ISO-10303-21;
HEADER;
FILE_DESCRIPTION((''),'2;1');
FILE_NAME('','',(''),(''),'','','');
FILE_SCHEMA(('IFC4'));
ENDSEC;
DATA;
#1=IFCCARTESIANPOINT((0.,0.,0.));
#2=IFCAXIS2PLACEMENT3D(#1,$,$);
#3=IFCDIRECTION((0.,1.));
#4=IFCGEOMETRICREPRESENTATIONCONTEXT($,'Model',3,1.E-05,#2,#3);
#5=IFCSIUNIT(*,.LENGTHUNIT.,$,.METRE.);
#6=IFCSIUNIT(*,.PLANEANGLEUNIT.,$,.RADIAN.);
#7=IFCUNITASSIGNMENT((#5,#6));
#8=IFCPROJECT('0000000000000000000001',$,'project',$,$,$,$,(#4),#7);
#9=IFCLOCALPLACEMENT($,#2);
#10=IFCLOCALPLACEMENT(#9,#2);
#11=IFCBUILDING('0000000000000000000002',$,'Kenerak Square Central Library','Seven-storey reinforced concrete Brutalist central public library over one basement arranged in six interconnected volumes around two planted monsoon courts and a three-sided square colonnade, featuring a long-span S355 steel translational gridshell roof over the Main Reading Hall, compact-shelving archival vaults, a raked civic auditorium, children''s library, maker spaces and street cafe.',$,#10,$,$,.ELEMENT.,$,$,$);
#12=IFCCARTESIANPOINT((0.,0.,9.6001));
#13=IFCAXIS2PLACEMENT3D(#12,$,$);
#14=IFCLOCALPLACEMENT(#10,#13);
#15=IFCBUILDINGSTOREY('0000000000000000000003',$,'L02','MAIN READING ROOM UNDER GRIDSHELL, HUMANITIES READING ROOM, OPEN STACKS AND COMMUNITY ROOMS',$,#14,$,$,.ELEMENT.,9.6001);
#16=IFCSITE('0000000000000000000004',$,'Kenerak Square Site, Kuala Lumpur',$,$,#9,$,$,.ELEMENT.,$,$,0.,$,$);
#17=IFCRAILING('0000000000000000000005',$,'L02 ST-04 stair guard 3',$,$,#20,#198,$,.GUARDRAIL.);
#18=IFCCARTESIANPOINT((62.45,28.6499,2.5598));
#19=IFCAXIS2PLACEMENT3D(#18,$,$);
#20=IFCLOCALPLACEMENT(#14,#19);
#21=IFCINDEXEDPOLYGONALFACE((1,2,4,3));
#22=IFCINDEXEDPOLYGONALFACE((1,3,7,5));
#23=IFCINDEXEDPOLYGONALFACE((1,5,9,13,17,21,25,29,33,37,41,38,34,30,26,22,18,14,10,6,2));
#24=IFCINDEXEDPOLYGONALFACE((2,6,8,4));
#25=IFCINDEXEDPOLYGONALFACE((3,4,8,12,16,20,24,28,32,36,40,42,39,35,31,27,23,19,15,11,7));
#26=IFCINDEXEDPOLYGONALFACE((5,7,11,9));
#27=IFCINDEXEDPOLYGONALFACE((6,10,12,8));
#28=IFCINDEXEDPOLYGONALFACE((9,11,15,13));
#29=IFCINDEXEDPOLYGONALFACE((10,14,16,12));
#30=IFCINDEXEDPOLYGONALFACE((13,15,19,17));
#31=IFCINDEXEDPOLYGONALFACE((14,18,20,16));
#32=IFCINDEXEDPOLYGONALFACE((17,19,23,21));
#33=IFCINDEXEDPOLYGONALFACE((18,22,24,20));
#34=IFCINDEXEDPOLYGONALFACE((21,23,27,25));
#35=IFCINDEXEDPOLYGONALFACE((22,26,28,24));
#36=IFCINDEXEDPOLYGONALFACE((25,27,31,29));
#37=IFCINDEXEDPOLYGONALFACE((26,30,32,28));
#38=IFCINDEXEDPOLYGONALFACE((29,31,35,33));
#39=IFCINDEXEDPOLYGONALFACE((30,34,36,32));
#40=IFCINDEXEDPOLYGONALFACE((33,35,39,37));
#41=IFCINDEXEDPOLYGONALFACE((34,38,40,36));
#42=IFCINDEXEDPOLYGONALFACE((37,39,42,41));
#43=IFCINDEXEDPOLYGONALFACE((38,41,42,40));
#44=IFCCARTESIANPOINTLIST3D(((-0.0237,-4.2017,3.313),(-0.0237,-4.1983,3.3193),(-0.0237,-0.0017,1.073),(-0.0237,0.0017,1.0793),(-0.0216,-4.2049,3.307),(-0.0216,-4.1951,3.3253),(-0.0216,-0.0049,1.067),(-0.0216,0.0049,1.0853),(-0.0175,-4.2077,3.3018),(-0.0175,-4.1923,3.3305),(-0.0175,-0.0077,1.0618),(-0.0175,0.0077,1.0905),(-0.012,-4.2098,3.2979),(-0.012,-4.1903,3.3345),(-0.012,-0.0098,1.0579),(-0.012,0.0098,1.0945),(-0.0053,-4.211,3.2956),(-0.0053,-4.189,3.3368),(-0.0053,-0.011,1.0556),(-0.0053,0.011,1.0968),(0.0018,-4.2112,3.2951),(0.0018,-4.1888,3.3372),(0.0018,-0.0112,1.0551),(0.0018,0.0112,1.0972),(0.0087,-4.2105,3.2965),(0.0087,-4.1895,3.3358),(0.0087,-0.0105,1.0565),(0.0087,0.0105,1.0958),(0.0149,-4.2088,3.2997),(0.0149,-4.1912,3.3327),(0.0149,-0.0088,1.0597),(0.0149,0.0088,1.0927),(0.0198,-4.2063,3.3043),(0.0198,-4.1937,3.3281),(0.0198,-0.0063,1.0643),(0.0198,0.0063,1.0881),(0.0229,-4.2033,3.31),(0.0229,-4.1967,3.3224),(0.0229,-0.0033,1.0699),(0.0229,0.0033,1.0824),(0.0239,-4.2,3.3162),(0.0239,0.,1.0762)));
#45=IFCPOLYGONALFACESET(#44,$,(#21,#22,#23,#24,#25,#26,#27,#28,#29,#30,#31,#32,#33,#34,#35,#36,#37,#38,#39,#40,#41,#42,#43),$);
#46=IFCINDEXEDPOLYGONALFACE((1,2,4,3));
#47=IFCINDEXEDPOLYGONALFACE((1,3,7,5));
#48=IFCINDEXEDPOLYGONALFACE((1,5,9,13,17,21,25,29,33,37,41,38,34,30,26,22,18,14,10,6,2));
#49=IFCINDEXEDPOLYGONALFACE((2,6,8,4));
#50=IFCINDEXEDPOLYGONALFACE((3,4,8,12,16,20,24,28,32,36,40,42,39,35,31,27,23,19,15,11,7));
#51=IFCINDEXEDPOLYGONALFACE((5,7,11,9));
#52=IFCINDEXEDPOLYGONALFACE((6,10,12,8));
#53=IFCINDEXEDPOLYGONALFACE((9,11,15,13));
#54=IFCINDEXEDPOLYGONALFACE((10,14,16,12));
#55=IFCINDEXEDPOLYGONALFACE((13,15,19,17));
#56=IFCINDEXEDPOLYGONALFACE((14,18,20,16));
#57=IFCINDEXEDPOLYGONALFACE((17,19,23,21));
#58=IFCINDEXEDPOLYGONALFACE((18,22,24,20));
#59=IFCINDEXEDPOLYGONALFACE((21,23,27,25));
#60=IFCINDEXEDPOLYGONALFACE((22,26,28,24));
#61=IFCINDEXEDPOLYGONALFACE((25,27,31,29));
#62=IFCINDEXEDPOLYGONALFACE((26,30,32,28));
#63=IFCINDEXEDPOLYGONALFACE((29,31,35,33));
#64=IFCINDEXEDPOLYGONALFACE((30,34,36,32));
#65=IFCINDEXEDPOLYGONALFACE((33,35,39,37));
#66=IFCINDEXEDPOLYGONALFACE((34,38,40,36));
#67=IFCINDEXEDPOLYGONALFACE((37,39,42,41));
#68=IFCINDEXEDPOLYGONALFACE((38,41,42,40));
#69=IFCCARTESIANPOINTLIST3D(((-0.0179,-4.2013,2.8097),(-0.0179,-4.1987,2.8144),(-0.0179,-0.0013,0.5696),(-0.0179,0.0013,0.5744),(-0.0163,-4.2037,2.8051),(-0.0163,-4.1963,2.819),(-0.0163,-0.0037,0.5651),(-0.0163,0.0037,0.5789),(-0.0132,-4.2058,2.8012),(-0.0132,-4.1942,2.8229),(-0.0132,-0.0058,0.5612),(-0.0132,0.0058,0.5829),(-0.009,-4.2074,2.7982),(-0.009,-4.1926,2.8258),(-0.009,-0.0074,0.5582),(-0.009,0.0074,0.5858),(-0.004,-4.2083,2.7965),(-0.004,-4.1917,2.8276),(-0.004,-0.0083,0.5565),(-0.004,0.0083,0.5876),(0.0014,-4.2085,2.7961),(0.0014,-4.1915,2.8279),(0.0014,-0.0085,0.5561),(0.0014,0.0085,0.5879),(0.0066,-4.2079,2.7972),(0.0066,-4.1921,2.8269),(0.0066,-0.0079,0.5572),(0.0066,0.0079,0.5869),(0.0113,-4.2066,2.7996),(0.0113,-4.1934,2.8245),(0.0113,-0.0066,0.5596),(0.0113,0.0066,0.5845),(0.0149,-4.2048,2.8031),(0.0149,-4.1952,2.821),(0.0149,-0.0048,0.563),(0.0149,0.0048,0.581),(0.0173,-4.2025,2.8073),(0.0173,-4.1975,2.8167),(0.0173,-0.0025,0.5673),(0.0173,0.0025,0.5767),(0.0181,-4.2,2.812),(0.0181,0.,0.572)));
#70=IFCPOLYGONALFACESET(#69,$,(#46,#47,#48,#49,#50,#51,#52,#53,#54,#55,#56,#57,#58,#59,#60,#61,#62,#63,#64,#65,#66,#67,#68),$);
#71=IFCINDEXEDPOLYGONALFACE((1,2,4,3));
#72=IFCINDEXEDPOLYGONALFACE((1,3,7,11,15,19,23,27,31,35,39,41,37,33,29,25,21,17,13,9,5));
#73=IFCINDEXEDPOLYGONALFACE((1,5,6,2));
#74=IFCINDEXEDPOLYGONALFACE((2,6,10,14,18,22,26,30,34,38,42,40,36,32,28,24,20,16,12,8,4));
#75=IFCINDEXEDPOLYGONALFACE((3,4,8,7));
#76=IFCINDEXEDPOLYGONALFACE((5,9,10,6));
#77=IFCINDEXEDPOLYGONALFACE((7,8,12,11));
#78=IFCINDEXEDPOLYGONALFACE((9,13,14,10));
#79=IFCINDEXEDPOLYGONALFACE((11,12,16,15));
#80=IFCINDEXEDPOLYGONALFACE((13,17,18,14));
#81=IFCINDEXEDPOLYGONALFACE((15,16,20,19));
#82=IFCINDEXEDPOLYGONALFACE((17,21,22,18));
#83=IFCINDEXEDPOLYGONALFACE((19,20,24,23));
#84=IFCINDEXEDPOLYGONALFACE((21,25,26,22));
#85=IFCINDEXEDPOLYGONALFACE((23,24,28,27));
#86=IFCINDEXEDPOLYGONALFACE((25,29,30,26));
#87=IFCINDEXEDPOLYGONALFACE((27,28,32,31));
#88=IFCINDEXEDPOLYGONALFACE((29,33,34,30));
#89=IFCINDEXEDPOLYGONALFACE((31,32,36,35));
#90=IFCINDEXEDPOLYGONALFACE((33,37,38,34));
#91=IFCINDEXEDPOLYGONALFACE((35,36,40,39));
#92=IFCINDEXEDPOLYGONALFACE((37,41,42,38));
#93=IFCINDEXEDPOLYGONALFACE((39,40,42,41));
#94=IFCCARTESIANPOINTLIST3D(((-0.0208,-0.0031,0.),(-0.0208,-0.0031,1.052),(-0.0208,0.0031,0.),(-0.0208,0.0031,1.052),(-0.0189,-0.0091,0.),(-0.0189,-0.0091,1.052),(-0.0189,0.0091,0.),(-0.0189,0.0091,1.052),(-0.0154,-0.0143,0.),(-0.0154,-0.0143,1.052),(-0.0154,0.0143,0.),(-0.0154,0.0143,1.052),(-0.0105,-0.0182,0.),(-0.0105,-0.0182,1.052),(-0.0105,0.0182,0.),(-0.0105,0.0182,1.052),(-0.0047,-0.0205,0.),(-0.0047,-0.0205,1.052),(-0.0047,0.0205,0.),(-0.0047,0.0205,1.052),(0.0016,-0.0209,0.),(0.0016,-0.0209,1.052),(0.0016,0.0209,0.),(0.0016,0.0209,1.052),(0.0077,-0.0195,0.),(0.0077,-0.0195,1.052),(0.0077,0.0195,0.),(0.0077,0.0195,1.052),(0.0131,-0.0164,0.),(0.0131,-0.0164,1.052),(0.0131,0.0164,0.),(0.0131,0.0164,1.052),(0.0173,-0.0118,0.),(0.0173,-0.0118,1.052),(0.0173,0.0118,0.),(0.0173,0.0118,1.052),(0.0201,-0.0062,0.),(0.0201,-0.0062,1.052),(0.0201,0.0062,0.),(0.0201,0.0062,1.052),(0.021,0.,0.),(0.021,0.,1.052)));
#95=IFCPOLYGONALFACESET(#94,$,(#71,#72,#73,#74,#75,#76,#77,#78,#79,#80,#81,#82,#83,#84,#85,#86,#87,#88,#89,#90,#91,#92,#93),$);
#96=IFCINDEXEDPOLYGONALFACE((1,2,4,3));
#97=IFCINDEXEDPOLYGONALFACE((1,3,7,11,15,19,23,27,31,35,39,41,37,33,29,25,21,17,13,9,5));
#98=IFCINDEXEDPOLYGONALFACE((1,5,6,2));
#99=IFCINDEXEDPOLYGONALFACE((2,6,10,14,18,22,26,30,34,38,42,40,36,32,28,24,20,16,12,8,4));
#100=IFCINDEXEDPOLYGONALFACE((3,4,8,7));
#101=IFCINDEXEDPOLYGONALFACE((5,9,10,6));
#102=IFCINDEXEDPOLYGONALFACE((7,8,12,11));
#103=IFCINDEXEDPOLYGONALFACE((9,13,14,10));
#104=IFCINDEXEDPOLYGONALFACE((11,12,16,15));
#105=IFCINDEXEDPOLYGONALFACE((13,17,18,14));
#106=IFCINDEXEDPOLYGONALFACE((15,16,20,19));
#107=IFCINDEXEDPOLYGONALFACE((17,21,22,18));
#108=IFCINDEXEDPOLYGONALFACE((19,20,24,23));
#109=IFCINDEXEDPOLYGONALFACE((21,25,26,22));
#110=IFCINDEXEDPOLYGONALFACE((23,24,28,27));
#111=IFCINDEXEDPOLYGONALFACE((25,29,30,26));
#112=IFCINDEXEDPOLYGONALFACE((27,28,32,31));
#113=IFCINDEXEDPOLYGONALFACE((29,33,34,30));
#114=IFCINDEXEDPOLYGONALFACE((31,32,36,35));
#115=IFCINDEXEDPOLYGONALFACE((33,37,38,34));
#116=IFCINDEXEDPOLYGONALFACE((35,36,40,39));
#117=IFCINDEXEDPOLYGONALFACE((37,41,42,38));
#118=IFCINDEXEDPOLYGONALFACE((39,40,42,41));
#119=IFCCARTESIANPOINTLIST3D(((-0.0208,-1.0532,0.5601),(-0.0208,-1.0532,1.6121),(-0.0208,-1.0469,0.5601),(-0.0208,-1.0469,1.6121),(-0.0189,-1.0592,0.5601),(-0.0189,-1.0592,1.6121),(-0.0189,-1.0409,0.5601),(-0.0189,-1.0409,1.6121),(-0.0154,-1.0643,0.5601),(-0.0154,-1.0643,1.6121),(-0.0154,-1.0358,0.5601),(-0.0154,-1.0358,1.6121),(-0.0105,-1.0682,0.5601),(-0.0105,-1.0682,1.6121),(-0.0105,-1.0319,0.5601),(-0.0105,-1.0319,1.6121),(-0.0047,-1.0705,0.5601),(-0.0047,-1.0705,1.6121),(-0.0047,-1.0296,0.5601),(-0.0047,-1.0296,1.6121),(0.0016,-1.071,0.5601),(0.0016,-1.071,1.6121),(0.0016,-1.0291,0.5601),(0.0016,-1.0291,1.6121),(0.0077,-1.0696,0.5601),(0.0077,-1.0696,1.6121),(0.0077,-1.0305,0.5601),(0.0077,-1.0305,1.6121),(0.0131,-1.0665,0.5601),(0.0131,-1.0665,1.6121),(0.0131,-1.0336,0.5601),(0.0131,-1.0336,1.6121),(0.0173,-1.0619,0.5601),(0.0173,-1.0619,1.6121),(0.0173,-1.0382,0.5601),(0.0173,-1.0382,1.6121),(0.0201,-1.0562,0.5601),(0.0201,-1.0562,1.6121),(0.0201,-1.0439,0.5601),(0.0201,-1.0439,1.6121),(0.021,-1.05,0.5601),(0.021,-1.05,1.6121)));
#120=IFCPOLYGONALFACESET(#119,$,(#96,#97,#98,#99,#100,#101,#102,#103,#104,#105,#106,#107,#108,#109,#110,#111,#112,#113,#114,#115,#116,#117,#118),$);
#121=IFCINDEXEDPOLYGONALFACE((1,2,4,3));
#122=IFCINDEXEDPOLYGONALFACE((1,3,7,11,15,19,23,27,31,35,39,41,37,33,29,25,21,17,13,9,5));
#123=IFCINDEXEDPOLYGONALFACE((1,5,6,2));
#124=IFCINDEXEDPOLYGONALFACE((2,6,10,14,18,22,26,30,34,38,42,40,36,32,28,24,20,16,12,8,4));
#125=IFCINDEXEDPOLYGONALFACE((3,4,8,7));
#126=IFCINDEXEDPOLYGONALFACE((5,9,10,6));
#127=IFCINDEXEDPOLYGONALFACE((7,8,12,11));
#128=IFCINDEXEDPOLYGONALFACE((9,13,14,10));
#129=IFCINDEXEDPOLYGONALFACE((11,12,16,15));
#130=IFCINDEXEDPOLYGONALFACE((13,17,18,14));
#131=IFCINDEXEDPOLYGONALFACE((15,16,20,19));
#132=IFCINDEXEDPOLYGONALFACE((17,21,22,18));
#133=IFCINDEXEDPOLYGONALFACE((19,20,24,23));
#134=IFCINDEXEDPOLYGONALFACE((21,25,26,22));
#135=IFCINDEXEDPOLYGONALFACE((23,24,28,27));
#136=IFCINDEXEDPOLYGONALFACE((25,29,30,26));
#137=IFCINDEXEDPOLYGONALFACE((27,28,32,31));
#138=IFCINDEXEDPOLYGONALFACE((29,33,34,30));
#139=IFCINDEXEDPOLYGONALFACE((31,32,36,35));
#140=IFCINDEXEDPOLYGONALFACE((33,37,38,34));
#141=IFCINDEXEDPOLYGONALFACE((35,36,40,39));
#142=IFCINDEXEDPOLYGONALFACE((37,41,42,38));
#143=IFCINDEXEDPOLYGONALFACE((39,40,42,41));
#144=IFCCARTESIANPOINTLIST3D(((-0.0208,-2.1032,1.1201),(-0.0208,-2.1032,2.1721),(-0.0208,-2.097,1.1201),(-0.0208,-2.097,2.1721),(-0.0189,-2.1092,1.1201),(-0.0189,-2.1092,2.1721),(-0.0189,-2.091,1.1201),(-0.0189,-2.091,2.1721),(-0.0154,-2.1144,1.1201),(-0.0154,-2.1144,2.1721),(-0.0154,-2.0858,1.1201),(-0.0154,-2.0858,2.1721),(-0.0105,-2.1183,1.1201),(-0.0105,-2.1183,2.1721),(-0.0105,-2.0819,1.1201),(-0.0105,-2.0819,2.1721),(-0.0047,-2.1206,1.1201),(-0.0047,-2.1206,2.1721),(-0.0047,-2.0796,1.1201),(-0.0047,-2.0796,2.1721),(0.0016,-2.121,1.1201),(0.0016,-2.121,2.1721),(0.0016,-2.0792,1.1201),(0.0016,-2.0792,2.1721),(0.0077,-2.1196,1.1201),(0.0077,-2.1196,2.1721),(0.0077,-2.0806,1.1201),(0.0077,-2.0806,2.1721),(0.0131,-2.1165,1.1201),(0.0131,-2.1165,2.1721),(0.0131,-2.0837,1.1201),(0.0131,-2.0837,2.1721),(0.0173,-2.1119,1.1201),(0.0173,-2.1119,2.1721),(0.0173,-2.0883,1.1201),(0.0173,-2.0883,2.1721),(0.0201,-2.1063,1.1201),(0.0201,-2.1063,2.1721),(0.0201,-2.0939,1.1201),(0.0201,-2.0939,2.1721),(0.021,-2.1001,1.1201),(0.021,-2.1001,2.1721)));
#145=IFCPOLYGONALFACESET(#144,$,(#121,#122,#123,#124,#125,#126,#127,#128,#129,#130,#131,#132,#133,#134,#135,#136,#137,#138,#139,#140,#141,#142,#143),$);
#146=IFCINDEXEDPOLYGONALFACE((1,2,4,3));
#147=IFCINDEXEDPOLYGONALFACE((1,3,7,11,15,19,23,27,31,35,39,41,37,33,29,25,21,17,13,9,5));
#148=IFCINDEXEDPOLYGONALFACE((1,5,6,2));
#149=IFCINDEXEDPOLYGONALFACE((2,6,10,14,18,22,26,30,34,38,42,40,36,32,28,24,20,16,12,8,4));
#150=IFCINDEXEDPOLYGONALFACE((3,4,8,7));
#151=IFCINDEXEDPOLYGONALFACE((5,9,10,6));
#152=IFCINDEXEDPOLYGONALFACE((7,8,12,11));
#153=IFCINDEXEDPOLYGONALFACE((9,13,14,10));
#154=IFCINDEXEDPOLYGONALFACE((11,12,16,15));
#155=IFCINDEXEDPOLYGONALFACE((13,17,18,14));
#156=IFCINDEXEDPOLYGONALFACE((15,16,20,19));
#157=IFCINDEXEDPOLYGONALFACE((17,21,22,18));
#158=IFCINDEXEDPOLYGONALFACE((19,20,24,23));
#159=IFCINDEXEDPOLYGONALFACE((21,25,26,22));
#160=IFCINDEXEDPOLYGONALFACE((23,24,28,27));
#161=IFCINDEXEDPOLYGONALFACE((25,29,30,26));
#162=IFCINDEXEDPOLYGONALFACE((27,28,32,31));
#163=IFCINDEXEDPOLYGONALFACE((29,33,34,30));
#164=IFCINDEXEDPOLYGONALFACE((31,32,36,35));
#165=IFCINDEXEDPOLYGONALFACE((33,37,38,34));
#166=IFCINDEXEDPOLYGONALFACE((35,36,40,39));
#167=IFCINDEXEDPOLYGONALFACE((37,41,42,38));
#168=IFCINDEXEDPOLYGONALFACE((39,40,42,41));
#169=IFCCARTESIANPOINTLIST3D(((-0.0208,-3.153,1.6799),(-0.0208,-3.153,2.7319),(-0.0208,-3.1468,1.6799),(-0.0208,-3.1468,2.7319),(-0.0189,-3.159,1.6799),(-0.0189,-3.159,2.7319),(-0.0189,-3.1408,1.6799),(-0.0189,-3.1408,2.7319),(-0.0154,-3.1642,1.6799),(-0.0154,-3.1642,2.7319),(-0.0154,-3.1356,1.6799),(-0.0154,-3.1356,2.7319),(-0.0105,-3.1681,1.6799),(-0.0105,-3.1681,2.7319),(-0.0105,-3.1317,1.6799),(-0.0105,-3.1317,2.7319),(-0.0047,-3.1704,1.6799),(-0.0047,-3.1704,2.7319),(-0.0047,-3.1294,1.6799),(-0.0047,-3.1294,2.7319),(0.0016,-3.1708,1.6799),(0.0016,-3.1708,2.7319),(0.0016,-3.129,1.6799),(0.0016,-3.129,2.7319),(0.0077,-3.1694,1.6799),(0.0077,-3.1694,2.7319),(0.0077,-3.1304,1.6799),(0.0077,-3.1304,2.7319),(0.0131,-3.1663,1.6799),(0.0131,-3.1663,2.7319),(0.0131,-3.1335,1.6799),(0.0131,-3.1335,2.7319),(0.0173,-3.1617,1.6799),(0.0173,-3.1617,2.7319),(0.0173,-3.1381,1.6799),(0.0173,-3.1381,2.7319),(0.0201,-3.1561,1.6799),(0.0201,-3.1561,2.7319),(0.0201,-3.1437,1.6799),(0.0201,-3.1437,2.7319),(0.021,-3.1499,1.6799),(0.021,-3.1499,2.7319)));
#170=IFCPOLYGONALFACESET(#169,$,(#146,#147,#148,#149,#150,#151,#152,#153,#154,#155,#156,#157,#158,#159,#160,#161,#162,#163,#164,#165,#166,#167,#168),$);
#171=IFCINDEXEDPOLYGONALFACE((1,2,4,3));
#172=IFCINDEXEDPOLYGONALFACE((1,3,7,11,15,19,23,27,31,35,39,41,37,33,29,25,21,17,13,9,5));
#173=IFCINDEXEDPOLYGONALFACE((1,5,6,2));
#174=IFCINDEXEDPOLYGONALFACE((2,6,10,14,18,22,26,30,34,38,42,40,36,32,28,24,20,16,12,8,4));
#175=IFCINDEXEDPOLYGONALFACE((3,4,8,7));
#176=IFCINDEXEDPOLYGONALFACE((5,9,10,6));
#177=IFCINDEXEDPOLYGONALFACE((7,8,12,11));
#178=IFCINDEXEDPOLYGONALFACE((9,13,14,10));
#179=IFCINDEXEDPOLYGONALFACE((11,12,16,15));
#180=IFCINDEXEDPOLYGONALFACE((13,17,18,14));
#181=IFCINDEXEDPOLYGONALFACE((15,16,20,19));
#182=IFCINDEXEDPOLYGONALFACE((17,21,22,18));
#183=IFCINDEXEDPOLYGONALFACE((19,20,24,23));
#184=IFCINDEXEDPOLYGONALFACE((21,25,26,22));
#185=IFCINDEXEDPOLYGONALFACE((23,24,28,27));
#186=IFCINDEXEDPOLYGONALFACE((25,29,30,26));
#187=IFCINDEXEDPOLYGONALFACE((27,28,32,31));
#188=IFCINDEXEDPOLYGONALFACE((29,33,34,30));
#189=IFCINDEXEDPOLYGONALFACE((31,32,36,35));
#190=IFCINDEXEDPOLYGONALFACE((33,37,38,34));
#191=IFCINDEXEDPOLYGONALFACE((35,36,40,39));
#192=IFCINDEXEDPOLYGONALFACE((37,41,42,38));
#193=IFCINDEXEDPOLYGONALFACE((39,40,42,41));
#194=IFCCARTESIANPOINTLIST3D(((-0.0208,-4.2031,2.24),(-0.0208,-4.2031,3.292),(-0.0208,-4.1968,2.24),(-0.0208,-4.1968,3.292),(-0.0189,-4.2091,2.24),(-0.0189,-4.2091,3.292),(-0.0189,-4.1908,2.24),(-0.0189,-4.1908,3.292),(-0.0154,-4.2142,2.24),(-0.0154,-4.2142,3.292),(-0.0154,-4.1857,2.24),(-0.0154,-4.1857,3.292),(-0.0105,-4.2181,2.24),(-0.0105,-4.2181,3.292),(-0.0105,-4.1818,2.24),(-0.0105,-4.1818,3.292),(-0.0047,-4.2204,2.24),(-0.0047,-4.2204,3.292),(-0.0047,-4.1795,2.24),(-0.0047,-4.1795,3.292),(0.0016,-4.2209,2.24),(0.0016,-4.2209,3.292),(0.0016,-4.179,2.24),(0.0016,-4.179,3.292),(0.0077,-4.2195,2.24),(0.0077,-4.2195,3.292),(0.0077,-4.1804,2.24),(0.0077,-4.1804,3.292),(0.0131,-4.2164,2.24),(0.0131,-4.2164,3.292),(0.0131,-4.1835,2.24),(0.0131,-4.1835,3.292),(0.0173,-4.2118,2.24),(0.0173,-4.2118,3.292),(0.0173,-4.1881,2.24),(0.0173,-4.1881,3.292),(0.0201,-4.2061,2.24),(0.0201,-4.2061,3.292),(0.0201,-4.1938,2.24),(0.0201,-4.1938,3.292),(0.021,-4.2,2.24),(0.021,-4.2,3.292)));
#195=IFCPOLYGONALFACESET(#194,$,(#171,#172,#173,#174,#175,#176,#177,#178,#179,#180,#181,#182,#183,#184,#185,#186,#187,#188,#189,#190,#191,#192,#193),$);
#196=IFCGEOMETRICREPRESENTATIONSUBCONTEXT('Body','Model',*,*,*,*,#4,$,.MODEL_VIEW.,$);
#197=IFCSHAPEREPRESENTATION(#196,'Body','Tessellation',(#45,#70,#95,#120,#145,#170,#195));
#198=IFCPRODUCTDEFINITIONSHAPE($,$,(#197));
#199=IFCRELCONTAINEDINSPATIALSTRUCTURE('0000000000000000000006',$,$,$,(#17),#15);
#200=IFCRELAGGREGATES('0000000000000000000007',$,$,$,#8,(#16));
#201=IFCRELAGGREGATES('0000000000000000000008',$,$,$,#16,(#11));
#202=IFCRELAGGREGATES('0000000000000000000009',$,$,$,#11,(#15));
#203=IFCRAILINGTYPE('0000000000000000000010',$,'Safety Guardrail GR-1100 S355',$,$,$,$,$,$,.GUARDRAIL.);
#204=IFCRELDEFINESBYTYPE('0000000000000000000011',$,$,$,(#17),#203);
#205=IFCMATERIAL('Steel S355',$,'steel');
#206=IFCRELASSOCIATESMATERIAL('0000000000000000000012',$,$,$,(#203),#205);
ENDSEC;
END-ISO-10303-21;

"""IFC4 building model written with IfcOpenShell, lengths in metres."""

from ifc_helpers import new_model, si_unit, direction, frame, origin, origin_2d, place, context, subcontext, project, spatial, circle, extrude, material, type_object, element, save


model = new_model("IFC4")

# Units and contexts
model_context = context("Model", 3, precision=1e-05, world=origin(), true_north=direction((0.0, 1.0)))
body_context = subcontext(model_context, "Body", "Model", "MODEL_VIEW")
ifc_project = project(units=[si_unit("LENGTHUNIT", "METRE"), si_unit("PLANEANGLEUNIT", "RADIAN")], contexts=[model_context])

# Site, building, storey
site_placement = place(None, origin())
site = spatial("IfcSite", under=ifc_project, at=site_placement, Name="Kenerak Square Site, Kuala Lumpur", CompositionType="ELEMENT", RefElevation=0.0)
building_placement = place(site_placement, origin())
building = spatial("IfcBuilding", under=site, at=building_placement, Name="Kenerak Square Central Library", Description="Seven-storey reinforced concrete Brutalist central public library over one basement arranged in six interconnected volumes around two planted monsoon courts and a three-sided square colonnade, featuring a long-span S355 steel translational gridshell roof over the Main Reading Hall, compact-shelving archival vaults, a raked civic auditorium, children's library, maker spaces and street cafe.", CompositionType="ELEMENT")
storey_placement = place(building_placement, frame((0.0, 0.0, 9.6001)))
storey = spatial("IfcBuildingStorey", under=building, at=storey_placement, Name="L02", Description="MAIN READING ROOM UNDER GRIDSHELL, HUMANITIES READING ROOM, OPEN STACKS AND COMMUNITY ROOMS", CompositionType="ELEMENT", Elevation=9.6001)

# Shared definitions
ifc_material_1 = material(Name="Steel S355", Category="steel")

# Railing
railing_type_1 = type_object("IfcRailingType", Name="Safety Guardrail GR-1100 S355", PredefinedType="GUARDRAIL", material=ifc_material_1)
railing_1_placement = place(storey_placement, frame((62.45, 28.6499, 2.5598)))
element("IfcRailing", 1, at=railing_1_placement, inside=storey, type_object=railing_type_1, Name="L02 ST-04 stair guard 3", PredefinedType="GUARDRAIL", context=body_context, shape_type="SweptSolid", body=[
    extrude(circle(Radius=0.0239, at=origin_2d()), frame((0.0, 0.0, 1.0762), z_axis=(0.0, -0.882352, 0.470591), x_axis=(1.0, 0.0, 0.0)), (0.0, 0.0, 1.0), 4.76),
    extrude(circle(Radius=0.0181, at=origin_2d()), frame((0.0, 0.0, 0.572), z_axis=(0.0, -0.882352, 0.470591), x_axis=(1.0, 0.0, 0.0)), (0.0, 0.0, 1.0), 4.76),
    extrude(circle(Radius=0.021, at=origin_2d()), origin(), (0.0, 0.0, 1.0), 1.052),
    extrude(circle(Radius=0.021, at=origin_2d()), frame((0.0, -1.05, 0.5601)), (0.0, 0.0, 1.0), 1.052),
    extrude(circle(Radius=0.021, at=origin_2d()), frame((0.0, -2.1001, 1.1201)), (0.0, 0.0, 1.0), 1.052),
    extrude(circle(Radius=0.021, at=origin_2d()), frame((0.0, -3.1499, 1.6799)), (0.0, 0.0, 1.0), 1.052),
    extrude(circle(Radius=0.021, at=origin_2d()), frame((0.0, -4.2, 2.24)), (0.0, 0.0, 1.0), 1.052),
])

save(model, "model.ifc")
